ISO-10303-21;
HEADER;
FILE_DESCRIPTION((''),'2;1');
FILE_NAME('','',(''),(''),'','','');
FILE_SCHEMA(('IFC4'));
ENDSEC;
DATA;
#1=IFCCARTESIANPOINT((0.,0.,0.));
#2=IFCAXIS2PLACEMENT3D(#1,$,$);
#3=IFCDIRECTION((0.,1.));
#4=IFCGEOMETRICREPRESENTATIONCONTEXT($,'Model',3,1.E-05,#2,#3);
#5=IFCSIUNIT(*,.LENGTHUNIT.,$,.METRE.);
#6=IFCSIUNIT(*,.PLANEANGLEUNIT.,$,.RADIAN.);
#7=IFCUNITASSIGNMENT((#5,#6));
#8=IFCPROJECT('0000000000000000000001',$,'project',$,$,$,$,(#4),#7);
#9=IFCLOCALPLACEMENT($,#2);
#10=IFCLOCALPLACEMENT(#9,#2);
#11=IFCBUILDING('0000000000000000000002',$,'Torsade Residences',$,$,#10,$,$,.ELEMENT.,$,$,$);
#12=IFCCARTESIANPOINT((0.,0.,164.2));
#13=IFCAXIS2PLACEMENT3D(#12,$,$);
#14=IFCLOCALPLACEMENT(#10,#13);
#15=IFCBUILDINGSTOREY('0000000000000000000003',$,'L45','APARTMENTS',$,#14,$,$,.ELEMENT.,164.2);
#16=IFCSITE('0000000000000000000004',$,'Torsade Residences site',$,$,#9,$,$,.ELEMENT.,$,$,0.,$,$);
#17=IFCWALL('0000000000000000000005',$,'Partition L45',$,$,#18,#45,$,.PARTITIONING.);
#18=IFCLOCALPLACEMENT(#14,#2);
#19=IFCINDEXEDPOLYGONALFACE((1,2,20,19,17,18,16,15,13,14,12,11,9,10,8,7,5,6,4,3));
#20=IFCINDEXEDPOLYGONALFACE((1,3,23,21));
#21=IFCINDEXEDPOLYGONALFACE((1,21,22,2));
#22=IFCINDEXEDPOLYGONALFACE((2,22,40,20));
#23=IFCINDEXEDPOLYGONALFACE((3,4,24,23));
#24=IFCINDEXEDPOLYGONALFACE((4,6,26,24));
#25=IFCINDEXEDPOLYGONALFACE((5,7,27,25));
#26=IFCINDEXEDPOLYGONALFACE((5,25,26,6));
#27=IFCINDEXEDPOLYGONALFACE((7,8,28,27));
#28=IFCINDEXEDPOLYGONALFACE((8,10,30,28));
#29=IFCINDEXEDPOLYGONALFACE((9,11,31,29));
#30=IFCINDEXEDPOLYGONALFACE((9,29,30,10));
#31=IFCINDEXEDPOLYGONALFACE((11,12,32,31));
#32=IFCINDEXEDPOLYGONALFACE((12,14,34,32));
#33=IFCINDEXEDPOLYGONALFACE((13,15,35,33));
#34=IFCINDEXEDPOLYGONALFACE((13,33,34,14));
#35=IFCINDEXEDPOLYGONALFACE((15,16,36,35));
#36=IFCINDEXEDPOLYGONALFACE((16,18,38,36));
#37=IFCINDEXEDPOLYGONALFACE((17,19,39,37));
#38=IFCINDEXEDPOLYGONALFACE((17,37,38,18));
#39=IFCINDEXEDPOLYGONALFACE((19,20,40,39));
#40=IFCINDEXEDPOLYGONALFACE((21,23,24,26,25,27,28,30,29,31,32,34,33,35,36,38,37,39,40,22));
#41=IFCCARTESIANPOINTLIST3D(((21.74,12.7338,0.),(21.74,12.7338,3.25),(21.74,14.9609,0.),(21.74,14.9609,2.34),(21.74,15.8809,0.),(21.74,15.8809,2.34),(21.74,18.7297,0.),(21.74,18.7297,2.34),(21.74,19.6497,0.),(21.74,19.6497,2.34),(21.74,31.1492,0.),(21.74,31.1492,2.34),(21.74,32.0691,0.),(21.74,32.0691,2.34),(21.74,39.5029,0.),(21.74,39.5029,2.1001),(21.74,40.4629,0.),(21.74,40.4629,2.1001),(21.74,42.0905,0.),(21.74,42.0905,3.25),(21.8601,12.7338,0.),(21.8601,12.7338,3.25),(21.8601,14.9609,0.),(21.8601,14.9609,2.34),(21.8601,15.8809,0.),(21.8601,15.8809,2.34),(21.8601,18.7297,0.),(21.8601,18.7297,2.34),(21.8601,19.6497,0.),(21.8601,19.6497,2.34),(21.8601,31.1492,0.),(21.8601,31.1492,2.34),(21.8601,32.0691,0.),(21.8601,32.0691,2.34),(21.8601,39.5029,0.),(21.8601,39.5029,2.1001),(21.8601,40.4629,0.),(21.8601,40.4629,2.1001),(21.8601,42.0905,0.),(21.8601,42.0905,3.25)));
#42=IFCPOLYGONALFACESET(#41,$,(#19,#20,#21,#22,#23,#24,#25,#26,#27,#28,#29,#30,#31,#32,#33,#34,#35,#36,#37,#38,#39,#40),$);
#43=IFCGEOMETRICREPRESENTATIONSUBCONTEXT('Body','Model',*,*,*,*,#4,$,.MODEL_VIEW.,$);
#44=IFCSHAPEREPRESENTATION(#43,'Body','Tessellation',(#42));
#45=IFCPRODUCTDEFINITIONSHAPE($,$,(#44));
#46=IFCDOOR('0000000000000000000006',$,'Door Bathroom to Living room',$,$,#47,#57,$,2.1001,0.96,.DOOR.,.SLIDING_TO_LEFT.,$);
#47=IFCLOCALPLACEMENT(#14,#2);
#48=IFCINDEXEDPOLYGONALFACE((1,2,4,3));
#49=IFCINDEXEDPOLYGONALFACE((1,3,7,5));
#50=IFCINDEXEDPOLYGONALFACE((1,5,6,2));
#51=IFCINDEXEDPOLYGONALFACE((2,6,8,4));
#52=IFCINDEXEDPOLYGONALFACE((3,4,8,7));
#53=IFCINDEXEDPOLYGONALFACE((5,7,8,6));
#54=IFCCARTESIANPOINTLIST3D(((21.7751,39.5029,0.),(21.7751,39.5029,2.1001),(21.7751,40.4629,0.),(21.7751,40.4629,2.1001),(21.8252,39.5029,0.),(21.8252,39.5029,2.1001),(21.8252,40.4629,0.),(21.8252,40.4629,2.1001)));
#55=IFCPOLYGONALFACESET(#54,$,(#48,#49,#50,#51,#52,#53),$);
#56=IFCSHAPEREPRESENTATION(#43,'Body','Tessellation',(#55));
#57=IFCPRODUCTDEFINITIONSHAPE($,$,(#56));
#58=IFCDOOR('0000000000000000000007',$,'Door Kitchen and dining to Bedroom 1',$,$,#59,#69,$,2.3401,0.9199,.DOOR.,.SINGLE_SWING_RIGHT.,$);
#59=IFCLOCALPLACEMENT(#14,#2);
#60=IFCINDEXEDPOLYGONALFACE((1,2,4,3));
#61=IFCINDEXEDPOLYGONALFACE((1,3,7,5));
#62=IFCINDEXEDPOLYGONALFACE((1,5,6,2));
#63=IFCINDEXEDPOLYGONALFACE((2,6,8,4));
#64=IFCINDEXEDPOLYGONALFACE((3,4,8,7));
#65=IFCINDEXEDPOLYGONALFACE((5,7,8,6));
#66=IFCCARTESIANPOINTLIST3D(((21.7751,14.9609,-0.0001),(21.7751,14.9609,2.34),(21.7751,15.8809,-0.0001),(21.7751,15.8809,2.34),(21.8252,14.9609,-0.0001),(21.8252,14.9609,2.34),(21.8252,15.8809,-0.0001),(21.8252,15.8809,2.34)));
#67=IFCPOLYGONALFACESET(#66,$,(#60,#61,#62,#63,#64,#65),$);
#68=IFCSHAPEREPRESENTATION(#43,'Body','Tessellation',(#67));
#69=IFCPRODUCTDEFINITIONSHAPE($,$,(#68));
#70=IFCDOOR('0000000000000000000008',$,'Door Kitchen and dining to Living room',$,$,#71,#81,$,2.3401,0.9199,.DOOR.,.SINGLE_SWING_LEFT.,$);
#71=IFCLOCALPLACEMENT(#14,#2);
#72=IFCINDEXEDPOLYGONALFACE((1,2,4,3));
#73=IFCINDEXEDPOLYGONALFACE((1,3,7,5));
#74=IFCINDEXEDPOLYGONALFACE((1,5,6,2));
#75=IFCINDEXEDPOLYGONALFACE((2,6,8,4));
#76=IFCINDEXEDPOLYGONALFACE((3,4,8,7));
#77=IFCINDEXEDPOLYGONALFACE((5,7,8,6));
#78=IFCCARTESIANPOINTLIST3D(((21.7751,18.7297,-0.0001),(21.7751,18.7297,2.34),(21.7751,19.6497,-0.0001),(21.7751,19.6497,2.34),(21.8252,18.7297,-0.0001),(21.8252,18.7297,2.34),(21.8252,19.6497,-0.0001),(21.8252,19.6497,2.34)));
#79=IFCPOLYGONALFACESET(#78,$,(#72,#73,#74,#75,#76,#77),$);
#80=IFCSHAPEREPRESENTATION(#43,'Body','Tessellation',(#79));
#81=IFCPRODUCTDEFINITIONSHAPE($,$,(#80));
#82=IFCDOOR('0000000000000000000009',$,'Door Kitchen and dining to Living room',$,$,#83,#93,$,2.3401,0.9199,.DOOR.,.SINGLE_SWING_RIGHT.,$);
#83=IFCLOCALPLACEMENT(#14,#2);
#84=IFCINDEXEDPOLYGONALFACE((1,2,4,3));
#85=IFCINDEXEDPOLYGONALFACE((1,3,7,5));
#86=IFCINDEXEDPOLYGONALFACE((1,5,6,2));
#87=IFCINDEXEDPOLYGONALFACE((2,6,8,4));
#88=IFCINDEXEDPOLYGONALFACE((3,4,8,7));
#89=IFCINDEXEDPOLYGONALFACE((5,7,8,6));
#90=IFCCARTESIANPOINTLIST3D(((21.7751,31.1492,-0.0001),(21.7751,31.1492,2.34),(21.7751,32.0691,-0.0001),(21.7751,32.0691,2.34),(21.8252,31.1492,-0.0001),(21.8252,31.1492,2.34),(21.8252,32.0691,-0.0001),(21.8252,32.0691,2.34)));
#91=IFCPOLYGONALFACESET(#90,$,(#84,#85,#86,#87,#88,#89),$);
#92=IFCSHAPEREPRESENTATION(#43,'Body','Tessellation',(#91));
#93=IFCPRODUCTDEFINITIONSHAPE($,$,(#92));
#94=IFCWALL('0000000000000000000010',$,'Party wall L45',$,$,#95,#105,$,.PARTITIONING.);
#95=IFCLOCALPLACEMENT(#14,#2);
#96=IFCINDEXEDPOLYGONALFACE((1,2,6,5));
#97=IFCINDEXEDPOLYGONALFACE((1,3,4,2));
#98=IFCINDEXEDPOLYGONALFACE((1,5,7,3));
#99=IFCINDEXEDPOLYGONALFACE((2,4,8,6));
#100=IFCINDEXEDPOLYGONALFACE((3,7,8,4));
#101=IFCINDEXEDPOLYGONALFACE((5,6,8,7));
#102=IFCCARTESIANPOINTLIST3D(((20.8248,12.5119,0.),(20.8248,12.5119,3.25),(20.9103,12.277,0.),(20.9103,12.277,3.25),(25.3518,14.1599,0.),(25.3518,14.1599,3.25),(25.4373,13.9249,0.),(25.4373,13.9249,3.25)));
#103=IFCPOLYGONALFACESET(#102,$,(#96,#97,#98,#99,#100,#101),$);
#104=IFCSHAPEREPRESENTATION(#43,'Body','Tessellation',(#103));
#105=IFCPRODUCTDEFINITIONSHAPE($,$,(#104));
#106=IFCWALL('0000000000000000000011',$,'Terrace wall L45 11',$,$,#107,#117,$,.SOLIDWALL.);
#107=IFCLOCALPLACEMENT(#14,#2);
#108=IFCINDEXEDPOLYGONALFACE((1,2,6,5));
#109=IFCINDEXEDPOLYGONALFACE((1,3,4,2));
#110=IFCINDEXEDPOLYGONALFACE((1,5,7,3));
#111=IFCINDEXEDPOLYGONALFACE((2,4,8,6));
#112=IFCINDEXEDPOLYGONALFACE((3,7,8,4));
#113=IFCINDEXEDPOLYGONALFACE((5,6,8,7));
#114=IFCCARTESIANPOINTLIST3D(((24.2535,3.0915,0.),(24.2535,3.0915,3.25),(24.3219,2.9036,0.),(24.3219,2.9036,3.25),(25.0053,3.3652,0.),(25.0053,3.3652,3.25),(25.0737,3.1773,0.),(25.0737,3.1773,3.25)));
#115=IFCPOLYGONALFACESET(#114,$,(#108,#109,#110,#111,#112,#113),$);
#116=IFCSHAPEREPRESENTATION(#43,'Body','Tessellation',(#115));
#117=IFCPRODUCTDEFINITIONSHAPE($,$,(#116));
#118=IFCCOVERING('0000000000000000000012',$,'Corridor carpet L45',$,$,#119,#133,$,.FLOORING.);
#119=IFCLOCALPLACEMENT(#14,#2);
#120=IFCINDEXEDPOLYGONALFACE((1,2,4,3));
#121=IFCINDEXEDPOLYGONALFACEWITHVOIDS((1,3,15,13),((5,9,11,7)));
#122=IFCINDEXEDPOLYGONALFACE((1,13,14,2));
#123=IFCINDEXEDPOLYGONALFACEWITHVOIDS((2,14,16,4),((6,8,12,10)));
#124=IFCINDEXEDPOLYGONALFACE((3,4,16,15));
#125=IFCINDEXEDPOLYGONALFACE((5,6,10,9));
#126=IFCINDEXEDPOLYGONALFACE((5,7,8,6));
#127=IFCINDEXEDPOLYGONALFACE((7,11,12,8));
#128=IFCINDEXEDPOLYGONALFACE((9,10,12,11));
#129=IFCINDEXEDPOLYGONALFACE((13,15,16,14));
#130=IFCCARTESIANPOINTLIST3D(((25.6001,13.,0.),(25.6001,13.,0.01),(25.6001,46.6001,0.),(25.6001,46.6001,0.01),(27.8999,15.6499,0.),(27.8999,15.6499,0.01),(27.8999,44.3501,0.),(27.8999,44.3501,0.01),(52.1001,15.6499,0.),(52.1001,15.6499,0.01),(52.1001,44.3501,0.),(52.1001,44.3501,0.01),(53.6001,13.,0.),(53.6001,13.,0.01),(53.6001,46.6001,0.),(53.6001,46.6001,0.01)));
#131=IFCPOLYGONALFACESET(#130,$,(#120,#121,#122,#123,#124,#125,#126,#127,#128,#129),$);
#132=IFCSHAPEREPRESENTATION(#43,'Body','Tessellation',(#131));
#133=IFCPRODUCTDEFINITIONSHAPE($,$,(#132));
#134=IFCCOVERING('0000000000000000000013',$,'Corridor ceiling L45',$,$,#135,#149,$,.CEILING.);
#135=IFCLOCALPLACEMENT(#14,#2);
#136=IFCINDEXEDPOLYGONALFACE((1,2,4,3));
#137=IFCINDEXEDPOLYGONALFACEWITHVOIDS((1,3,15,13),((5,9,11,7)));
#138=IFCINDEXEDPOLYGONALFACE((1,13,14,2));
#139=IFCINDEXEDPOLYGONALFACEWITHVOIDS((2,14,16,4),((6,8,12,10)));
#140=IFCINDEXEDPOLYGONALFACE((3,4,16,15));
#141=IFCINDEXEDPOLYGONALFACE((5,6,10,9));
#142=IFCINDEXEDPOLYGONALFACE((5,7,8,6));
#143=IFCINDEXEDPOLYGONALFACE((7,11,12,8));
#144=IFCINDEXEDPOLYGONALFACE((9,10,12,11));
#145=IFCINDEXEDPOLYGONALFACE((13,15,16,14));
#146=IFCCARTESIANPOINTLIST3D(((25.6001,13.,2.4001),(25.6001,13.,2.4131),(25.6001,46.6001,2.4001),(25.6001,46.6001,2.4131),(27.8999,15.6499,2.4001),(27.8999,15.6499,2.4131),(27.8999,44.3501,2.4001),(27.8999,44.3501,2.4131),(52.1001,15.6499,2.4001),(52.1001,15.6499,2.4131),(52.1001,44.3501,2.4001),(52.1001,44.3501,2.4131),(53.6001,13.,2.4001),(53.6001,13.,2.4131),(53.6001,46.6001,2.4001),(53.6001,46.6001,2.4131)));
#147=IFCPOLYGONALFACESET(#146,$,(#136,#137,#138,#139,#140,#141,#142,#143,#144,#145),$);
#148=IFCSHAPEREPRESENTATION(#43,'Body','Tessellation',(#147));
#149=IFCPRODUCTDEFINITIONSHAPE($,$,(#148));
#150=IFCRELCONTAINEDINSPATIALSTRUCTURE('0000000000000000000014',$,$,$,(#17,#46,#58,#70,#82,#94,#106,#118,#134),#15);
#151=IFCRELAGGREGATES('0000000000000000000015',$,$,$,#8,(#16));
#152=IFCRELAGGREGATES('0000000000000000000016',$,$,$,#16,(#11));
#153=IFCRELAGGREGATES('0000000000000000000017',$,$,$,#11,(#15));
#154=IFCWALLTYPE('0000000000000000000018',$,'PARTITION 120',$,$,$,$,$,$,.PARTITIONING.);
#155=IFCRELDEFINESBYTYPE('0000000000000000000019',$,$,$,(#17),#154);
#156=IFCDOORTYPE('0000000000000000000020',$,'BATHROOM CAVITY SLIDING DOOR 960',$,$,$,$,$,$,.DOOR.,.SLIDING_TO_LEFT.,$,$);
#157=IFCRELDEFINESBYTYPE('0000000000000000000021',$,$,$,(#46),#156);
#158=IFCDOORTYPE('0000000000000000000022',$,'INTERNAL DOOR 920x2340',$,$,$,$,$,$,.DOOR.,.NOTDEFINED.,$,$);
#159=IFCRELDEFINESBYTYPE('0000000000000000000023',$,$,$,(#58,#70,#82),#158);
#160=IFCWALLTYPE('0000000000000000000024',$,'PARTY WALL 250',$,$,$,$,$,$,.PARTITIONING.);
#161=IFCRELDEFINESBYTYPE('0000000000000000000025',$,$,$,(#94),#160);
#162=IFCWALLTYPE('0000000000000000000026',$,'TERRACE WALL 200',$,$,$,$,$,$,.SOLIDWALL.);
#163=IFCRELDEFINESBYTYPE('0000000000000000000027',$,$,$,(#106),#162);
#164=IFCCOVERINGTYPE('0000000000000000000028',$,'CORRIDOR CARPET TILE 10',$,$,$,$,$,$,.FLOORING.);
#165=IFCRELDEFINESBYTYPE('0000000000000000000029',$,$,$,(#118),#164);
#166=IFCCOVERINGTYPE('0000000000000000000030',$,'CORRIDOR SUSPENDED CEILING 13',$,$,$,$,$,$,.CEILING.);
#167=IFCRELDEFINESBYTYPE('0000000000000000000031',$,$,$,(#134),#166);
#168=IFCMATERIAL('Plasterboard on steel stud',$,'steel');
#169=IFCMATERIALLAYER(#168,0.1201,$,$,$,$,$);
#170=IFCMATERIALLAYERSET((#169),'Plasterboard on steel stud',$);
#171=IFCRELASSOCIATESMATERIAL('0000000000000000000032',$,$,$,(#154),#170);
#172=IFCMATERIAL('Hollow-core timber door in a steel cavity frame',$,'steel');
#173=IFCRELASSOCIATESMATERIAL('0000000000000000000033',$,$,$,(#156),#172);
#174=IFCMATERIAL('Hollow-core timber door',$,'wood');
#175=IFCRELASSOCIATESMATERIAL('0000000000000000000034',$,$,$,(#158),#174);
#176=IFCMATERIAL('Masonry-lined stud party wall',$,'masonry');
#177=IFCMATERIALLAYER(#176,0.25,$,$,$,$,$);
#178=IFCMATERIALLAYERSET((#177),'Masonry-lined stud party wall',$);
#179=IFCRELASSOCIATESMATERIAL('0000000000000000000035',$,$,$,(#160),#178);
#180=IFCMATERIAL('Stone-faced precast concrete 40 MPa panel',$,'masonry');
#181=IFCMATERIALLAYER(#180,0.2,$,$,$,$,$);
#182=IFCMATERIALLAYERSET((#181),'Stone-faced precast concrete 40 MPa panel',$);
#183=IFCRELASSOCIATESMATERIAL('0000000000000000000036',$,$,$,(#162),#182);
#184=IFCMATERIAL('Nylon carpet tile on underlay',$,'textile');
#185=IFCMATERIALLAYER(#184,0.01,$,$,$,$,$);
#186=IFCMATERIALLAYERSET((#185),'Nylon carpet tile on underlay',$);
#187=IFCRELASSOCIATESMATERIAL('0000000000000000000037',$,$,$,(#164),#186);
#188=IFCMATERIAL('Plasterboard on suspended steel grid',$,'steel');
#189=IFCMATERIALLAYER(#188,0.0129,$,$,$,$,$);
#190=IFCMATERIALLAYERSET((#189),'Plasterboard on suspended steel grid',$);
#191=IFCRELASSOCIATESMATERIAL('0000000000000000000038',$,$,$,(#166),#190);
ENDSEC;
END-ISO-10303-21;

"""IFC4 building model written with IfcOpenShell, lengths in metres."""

from ifc_helpers import new_model, si_unit, direction, frame, frame_2d, origin, place, context, subcontext, project, spatial, polyline, rectangle, outline, extrude, material, layer, layer_set, type_object, element, fill, save


model = new_model("IFC4")

# Units and contexts
model_context = context("Model", 3, precision=1e-05, world=origin(), true_north=direction((0.0, 1.0)))
body_context = subcontext(model_context, "Body", "Model", "MODEL_VIEW")
ifc_project = project(units=[si_unit("LENGTHUNIT", "METRE"), si_unit("PLANEANGLEUNIT", "RADIAN")], contexts=[model_context])

# Site, building, storey
site_placement = place(None, origin())
site = spatial("IfcSite", under=ifc_project, at=site_placement, Name="Torsade Residences site", CompositionType="ELEMENT", RefElevation=0.0)
building_placement = place(site_placement, origin())
building = spatial("IfcBuilding", under=site, at=building_placement, Name="Torsade Residences", CompositionType="ELEMENT")
storey_placement = place(building_placement, frame((0.0, 0.0, 164.2)))
storey = spatial("IfcBuildingStorey", under=building, at=storey_placement, Name="L45", Description="APARTMENTS", CompositionType="ELEMENT", Elevation=164.2)

# Wall, openings, doors
ifc_material_1 = material(Name="Plasterboard on steel stud", Category="steel")
ifc_layer_1 = layer(ifc_material_1, 0.1201)
ifc_layer_set_1 = layer_set([ifc_layer_1], Name="Plasterboard on steel stud")
wall_type_1 = type_object("IfcWallType", Name="PARTITION 120", PredefinedType="PARTITIONING", material=ifc_layer_set_1)
wall_1_placement = place(storey_placement, frame((21.8, 12.7339, 0.0), z_axis=(0.0, 0.0, 1.0), x_axis=(0.0, 1.0, 0.0)))
wall_1 = element("IfcWall", 1, at=wall_1_placement, inside=storey, type_object=wall_type_1, Name="Partition L45", PredefinedType="PARTITIONING", context=body_context, shape_type="SweptSolid", body=[
    extrude(rectangle(XDim=29.3567, YDim=0.1201, at=frame_2d((14.6782, 0.0))), origin(), (0.0, 0.0, 1.0), 3.25),
])
opening_1_placement = place(wall_1_placement, frame((2.2271, 0.0, 0.0)))
opening_1 = element("IfcOpeningElement", 2, at=opening_1_placement, cuts=wall_1, PredefinedType="OPENING", context=body_context, shape_type="SweptSolid", body=[
    extrude(rectangle(XDim=0.9199, YDim=2.3401, at=frame_2d((0.46, 1.1699))), frame((0.0, 0.0701, 0.0), z_axis=(0.0, -1.0, 0.0), x_axis=(1.0, 0.0, 0.0)), (0.0, 0.0, 1.0), 0.1401),
])
opening_2_placement = place(wall_1_placement, frame((5.9958, 0.0, 0.0)))
opening_2 = element("IfcOpeningElement", 3, at=opening_2_placement, cuts=wall_1, PredefinedType="OPENING", context=body_context, shape_type="SweptSolid", body=[
    extrude(rectangle(XDim=0.9199, YDim=2.3401, at=frame_2d((0.46, 1.1699))), frame((0.0, 0.0701, 0.0), z_axis=(0.0, -1.0, 0.0), x_axis=(1.0, 0.0, 0.0)), (0.0, 0.0, 1.0), 0.1401),
])
opening_3_placement = place(wall_1_placement, frame((18.4153, 0.0, 0.0)))
opening_3 = element("IfcOpeningElement", 4, at=opening_3_placement, cuts=wall_1, PredefinedType="OPENING", context=body_context, shape_type="SweptSolid", body=[
    extrude(rectangle(XDim=0.9199, YDim=2.3401, at=frame_2d((0.46, 1.1699))), frame((0.0, 0.0701, 0.0), z_axis=(0.0, -1.0, 0.0), x_axis=(1.0, 0.0, 0.0)), (0.0, 0.0, 1.0), 0.1401),
])
opening_4_placement = place(wall_1_placement, frame((26.769, 0.0, 0.0)))
opening_4 = element("IfcOpeningElement", 5, at=opening_4_placement, cuts=wall_1, PredefinedType="OPENING", context=body_context, shape_type="SweptSolid", body=[
    extrude(rectangle(XDim=0.96, YDim=2.1001, at=frame_2d((0.48, 1.05))), frame((0.0, 0.0701, 0.0), z_axis=(0.0, -1.0, 0.0), x_axis=(1.0, 0.0, 0.0)), (0.0, 0.0, 1.0), 0.1401),
])
ifc_material_2 = material(Name="Hollow-core timber door in a steel cavity frame", Category="steel")
door_type_1 = type_object("IfcDoorType", Name="BATHROOM CAVITY SLIDING DOOR 960", OperationType="SLIDING_TO_LEFT", PredefinedType="DOOR", material=ifc_material_2)
door_1_placement = place(opening_4_placement, origin())
door_1 = element("IfcDoor", 6, at=door_1_placement, inside=storey, type_object=door_type_1, Name="Door Bathroom to Living room", OperationType="SLIDING_TO_LEFT", OverallHeight=2.1001, OverallWidth=0.96, PredefinedType="DOOR", context=body_context, shape_type="SweptSolid", body=[
    extrude(rectangle(XDim=0.96, YDim=2.1001, at=frame_2d((0.48, 1.05))), frame((0.0, 0.0249, 0.0), z_axis=(0.0, -1.0, 0.0), x_axis=(1.0, 0.0, 0.0)), (0.0, 0.0, 1.0), 0.05),
])
fill(opening_4, door_1)
ifc_material_3 = material(Name="Hollow-core timber door", Category="wood")
door_type_2 = type_object("IfcDoorType", Name="INTERNAL DOOR 920x2340", OperationType="NOTDEFINED", PredefinedType="DOOR", material=ifc_material_3)
door_2_placement = place(opening_1_placement, origin())
door_2 = element("IfcDoor", 7, at=door_2_placement, inside=storey, type_object=door_type_2, Name="Door Kitchen and dining to Bedroom 1", OperationType="SINGLE_SWING_RIGHT", OverallHeight=2.3401, OverallWidth=0.9199, PredefinedType="DOOR", context=body_context, shape_type="SweptSolid", body=[
    extrude(rectangle(XDim=0.9199, YDim=2.3401, at=frame_2d((0.46, 1.1699))), frame((0.0, 0.0249, 0.0), z_axis=(0.0, -1.0, 0.0), x_axis=(1.0, 0.0, 0.0)), (0.0, 0.0, 1.0), 0.05),
])
fill(opening_1, door_2)
door_3_placement = place(opening_2_placement, origin())
door_3 = element("IfcDoor", 8, at=door_3_placement, inside=storey, type_object=door_type_2, Name="Door Kitchen and dining to Living room", OperationType="SINGLE_SWING_LEFT", OverallHeight=2.3401, OverallWidth=0.9199, PredefinedType="DOOR", context=body_context, shape_type="SweptSolid", body=[
    extrude(rectangle(XDim=0.9199, YDim=2.3401, at=frame_2d((0.46, 1.1699))), frame((0.0, 0.0249, 0.0), z_axis=(0.0, -1.0, 0.0), x_axis=(1.0, 0.0, 0.0)), (0.0, 0.0, 1.0), 0.05),
])
fill(opening_2, door_3)
door_4_placement = place(opening_3_placement, origin())
door_4 = element("IfcDoor", 9, at=door_4_placement, inside=storey, type_object=door_type_2, Name="Door Kitchen and dining to Living room", OperationType="SINGLE_SWING_RIGHT", OverallHeight=2.3401, OverallWidth=0.9199, PredefinedType="DOOR", context=body_context, shape_type="SweptSolid", body=[
    extrude(rectangle(XDim=0.9199, YDim=2.3401, at=frame_2d((0.46, 1.1699))), frame((0.0, 0.0249, 0.0), z_axis=(0.0, -1.0, 0.0), x_axis=(1.0, 0.0, 0.0)), (0.0, 0.0, 1.0), 0.05),
])
fill(opening_3, door_4)

# Walls
ifc_material_4 = material(Name="Masonry-lined stud party wall", Category="masonry")
ifc_layer_2 = layer(ifc_material_4, 0.25)
ifc_layer_set_2 = layer_set([ifc_layer_2], Name="Masonry-lined stud party wall")
wall_type_2 = type_object("IfcWallType", Name="PARTY WALL 250", PredefinedType="PARTITIONING", material=ifc_layer_set_2)
wall_2_placement = place(storey_placement, frame((20.8677, 12.3945, 0.0), z_axis=(0.0, 0.0, 1.0), x_axis=(0.939678, 0.34206, 0.0)))
element("IfcWall", 10, at=wall_2_placement, inside=storey, type_object=wall_type_2, Name="Party wall L45", PredefinedType="PARTITIONING", context=body_context, shape_type="SweptSolid", body=[
    extrude(rectangle(XDim=4.8176, YDim=0.25, at=frame_2d((2.4087, 0.0))), origin(), (0.0, 0.0, 1.0), 3.25),
])
ifc_material_5 = material(Name="Stone-faced precast concrete 40 MPa panel", Category="masonry")
ifc_layer_3 = layer(ifc_material_5, 0.2)
ifc_layer_set_3 = layer_set([ifc_layer_3], Name="Stone-faced precast concrete 40 MPa panel")
wall_type_3 = type_object("IfcWallType", Name="TERRACE WALL 200", PredefinedType="SOLIDWALL", material=ifc_layer_set_3)
wall_3_placement = place(storey_placement, frame((24.2878, 2.9976, 0.0), z_axis=(0.0, 0.0, 1.0), x_axis=(0.93966, 0.342111, 0.0)))
element("IfcWall", 11, at=wall_3_placement, inside=storey, type_object=wall_type_3, Name="Terrace wall L45 11", PredefinedType="SOLIDWALL", context=body_context, shape_type="SweptSolid", body=[
    extrude(rectangle(XDim=0.8, YDim=0.2, at=frame_2d((0.3999, 0.0))), origin(), (0.0, 0.0, 1.0), 3.25),
])

# Coverings
ifc_material_6 = material(Name="Nylon carpet tile on underlay", Category="textile")
ifc_layer_4 = layer(ifc_material_6, 0.01)
ifc_layer_set_4 = layer_set([ifc_layer_4], Name="Nylon carpet tile on underlay")
covering_type_1 = type_object("IfcCoveringType", Name="CORRIDOR CARPET TILE 10", PredefinedType="FLOORING", material=ifc_layer_set_4)
covering_1_placement = place(storey_placement, origin())
element("IfcCovering", 12, at=covering_1_placement, inside=storey, type_object=covering_type_1, Name="Corridor carpet L45", PredefinedType="FLOORING", context=body_context, shape_type="SweptSolid", body=[
    extrude(outline(polyline([(25.6001, 46.6001), (25.6001, 13.0), (53.6001, 13.0), (53.6001, 46.6001), (25.6001, 46.6001)]), holes=[polyline([(52.1001, 44.3501), (27.8999, 44.3501), (27.8999, 15.6499), (52.1001, 15.6499), (52.1001, 44.3501)])]), origin(), (0.0, 0.0, 1.0), 0.01),
])
ifc_material_7 = material(Name="Plasterboard on suspended steel grid", Category="steel")
ifc_layer_5 = layer(ifc_material_7, 0.0129)
ifc_layer_set_5 = layer_set([ifc_layer_5], Name="Plasterboard on suspended steel grid")
covering_type_2 = type_object("IfcCoveringType", Name="CORRIDOR SUSPENDED CEILING 13", PredefinedType="CEILING", material=ifc_layer_set_5)
covering_2_placement = place(storey_placement, frame((0.0, 0.0, 2.4001)))
element("IfcCovering", 13, at=covering_2_placement, inside=storey, type_object=covering_type_2, Name="Corridor ceiling L45", PredefinedType="CEILING", context=body_context, shape_type="SweptSolid", body=[
    extrude(outline(polyline([(25.6001, 46.6001), (25.6001, 13.0), (53.6001, 13.0), (53.6001, 46.6001), (25.6001, 46.6001)]), holes=[polyline([(52.1001, 44.3501), (27.8999, 44.3501), (27.8999, 15.6499), (52.1001, 15.6499), (52.1001, 44.3501)])]), origin(), (0.0, 0.0, 1.0), 0.0129),
])

save(model, "model.ifc")
